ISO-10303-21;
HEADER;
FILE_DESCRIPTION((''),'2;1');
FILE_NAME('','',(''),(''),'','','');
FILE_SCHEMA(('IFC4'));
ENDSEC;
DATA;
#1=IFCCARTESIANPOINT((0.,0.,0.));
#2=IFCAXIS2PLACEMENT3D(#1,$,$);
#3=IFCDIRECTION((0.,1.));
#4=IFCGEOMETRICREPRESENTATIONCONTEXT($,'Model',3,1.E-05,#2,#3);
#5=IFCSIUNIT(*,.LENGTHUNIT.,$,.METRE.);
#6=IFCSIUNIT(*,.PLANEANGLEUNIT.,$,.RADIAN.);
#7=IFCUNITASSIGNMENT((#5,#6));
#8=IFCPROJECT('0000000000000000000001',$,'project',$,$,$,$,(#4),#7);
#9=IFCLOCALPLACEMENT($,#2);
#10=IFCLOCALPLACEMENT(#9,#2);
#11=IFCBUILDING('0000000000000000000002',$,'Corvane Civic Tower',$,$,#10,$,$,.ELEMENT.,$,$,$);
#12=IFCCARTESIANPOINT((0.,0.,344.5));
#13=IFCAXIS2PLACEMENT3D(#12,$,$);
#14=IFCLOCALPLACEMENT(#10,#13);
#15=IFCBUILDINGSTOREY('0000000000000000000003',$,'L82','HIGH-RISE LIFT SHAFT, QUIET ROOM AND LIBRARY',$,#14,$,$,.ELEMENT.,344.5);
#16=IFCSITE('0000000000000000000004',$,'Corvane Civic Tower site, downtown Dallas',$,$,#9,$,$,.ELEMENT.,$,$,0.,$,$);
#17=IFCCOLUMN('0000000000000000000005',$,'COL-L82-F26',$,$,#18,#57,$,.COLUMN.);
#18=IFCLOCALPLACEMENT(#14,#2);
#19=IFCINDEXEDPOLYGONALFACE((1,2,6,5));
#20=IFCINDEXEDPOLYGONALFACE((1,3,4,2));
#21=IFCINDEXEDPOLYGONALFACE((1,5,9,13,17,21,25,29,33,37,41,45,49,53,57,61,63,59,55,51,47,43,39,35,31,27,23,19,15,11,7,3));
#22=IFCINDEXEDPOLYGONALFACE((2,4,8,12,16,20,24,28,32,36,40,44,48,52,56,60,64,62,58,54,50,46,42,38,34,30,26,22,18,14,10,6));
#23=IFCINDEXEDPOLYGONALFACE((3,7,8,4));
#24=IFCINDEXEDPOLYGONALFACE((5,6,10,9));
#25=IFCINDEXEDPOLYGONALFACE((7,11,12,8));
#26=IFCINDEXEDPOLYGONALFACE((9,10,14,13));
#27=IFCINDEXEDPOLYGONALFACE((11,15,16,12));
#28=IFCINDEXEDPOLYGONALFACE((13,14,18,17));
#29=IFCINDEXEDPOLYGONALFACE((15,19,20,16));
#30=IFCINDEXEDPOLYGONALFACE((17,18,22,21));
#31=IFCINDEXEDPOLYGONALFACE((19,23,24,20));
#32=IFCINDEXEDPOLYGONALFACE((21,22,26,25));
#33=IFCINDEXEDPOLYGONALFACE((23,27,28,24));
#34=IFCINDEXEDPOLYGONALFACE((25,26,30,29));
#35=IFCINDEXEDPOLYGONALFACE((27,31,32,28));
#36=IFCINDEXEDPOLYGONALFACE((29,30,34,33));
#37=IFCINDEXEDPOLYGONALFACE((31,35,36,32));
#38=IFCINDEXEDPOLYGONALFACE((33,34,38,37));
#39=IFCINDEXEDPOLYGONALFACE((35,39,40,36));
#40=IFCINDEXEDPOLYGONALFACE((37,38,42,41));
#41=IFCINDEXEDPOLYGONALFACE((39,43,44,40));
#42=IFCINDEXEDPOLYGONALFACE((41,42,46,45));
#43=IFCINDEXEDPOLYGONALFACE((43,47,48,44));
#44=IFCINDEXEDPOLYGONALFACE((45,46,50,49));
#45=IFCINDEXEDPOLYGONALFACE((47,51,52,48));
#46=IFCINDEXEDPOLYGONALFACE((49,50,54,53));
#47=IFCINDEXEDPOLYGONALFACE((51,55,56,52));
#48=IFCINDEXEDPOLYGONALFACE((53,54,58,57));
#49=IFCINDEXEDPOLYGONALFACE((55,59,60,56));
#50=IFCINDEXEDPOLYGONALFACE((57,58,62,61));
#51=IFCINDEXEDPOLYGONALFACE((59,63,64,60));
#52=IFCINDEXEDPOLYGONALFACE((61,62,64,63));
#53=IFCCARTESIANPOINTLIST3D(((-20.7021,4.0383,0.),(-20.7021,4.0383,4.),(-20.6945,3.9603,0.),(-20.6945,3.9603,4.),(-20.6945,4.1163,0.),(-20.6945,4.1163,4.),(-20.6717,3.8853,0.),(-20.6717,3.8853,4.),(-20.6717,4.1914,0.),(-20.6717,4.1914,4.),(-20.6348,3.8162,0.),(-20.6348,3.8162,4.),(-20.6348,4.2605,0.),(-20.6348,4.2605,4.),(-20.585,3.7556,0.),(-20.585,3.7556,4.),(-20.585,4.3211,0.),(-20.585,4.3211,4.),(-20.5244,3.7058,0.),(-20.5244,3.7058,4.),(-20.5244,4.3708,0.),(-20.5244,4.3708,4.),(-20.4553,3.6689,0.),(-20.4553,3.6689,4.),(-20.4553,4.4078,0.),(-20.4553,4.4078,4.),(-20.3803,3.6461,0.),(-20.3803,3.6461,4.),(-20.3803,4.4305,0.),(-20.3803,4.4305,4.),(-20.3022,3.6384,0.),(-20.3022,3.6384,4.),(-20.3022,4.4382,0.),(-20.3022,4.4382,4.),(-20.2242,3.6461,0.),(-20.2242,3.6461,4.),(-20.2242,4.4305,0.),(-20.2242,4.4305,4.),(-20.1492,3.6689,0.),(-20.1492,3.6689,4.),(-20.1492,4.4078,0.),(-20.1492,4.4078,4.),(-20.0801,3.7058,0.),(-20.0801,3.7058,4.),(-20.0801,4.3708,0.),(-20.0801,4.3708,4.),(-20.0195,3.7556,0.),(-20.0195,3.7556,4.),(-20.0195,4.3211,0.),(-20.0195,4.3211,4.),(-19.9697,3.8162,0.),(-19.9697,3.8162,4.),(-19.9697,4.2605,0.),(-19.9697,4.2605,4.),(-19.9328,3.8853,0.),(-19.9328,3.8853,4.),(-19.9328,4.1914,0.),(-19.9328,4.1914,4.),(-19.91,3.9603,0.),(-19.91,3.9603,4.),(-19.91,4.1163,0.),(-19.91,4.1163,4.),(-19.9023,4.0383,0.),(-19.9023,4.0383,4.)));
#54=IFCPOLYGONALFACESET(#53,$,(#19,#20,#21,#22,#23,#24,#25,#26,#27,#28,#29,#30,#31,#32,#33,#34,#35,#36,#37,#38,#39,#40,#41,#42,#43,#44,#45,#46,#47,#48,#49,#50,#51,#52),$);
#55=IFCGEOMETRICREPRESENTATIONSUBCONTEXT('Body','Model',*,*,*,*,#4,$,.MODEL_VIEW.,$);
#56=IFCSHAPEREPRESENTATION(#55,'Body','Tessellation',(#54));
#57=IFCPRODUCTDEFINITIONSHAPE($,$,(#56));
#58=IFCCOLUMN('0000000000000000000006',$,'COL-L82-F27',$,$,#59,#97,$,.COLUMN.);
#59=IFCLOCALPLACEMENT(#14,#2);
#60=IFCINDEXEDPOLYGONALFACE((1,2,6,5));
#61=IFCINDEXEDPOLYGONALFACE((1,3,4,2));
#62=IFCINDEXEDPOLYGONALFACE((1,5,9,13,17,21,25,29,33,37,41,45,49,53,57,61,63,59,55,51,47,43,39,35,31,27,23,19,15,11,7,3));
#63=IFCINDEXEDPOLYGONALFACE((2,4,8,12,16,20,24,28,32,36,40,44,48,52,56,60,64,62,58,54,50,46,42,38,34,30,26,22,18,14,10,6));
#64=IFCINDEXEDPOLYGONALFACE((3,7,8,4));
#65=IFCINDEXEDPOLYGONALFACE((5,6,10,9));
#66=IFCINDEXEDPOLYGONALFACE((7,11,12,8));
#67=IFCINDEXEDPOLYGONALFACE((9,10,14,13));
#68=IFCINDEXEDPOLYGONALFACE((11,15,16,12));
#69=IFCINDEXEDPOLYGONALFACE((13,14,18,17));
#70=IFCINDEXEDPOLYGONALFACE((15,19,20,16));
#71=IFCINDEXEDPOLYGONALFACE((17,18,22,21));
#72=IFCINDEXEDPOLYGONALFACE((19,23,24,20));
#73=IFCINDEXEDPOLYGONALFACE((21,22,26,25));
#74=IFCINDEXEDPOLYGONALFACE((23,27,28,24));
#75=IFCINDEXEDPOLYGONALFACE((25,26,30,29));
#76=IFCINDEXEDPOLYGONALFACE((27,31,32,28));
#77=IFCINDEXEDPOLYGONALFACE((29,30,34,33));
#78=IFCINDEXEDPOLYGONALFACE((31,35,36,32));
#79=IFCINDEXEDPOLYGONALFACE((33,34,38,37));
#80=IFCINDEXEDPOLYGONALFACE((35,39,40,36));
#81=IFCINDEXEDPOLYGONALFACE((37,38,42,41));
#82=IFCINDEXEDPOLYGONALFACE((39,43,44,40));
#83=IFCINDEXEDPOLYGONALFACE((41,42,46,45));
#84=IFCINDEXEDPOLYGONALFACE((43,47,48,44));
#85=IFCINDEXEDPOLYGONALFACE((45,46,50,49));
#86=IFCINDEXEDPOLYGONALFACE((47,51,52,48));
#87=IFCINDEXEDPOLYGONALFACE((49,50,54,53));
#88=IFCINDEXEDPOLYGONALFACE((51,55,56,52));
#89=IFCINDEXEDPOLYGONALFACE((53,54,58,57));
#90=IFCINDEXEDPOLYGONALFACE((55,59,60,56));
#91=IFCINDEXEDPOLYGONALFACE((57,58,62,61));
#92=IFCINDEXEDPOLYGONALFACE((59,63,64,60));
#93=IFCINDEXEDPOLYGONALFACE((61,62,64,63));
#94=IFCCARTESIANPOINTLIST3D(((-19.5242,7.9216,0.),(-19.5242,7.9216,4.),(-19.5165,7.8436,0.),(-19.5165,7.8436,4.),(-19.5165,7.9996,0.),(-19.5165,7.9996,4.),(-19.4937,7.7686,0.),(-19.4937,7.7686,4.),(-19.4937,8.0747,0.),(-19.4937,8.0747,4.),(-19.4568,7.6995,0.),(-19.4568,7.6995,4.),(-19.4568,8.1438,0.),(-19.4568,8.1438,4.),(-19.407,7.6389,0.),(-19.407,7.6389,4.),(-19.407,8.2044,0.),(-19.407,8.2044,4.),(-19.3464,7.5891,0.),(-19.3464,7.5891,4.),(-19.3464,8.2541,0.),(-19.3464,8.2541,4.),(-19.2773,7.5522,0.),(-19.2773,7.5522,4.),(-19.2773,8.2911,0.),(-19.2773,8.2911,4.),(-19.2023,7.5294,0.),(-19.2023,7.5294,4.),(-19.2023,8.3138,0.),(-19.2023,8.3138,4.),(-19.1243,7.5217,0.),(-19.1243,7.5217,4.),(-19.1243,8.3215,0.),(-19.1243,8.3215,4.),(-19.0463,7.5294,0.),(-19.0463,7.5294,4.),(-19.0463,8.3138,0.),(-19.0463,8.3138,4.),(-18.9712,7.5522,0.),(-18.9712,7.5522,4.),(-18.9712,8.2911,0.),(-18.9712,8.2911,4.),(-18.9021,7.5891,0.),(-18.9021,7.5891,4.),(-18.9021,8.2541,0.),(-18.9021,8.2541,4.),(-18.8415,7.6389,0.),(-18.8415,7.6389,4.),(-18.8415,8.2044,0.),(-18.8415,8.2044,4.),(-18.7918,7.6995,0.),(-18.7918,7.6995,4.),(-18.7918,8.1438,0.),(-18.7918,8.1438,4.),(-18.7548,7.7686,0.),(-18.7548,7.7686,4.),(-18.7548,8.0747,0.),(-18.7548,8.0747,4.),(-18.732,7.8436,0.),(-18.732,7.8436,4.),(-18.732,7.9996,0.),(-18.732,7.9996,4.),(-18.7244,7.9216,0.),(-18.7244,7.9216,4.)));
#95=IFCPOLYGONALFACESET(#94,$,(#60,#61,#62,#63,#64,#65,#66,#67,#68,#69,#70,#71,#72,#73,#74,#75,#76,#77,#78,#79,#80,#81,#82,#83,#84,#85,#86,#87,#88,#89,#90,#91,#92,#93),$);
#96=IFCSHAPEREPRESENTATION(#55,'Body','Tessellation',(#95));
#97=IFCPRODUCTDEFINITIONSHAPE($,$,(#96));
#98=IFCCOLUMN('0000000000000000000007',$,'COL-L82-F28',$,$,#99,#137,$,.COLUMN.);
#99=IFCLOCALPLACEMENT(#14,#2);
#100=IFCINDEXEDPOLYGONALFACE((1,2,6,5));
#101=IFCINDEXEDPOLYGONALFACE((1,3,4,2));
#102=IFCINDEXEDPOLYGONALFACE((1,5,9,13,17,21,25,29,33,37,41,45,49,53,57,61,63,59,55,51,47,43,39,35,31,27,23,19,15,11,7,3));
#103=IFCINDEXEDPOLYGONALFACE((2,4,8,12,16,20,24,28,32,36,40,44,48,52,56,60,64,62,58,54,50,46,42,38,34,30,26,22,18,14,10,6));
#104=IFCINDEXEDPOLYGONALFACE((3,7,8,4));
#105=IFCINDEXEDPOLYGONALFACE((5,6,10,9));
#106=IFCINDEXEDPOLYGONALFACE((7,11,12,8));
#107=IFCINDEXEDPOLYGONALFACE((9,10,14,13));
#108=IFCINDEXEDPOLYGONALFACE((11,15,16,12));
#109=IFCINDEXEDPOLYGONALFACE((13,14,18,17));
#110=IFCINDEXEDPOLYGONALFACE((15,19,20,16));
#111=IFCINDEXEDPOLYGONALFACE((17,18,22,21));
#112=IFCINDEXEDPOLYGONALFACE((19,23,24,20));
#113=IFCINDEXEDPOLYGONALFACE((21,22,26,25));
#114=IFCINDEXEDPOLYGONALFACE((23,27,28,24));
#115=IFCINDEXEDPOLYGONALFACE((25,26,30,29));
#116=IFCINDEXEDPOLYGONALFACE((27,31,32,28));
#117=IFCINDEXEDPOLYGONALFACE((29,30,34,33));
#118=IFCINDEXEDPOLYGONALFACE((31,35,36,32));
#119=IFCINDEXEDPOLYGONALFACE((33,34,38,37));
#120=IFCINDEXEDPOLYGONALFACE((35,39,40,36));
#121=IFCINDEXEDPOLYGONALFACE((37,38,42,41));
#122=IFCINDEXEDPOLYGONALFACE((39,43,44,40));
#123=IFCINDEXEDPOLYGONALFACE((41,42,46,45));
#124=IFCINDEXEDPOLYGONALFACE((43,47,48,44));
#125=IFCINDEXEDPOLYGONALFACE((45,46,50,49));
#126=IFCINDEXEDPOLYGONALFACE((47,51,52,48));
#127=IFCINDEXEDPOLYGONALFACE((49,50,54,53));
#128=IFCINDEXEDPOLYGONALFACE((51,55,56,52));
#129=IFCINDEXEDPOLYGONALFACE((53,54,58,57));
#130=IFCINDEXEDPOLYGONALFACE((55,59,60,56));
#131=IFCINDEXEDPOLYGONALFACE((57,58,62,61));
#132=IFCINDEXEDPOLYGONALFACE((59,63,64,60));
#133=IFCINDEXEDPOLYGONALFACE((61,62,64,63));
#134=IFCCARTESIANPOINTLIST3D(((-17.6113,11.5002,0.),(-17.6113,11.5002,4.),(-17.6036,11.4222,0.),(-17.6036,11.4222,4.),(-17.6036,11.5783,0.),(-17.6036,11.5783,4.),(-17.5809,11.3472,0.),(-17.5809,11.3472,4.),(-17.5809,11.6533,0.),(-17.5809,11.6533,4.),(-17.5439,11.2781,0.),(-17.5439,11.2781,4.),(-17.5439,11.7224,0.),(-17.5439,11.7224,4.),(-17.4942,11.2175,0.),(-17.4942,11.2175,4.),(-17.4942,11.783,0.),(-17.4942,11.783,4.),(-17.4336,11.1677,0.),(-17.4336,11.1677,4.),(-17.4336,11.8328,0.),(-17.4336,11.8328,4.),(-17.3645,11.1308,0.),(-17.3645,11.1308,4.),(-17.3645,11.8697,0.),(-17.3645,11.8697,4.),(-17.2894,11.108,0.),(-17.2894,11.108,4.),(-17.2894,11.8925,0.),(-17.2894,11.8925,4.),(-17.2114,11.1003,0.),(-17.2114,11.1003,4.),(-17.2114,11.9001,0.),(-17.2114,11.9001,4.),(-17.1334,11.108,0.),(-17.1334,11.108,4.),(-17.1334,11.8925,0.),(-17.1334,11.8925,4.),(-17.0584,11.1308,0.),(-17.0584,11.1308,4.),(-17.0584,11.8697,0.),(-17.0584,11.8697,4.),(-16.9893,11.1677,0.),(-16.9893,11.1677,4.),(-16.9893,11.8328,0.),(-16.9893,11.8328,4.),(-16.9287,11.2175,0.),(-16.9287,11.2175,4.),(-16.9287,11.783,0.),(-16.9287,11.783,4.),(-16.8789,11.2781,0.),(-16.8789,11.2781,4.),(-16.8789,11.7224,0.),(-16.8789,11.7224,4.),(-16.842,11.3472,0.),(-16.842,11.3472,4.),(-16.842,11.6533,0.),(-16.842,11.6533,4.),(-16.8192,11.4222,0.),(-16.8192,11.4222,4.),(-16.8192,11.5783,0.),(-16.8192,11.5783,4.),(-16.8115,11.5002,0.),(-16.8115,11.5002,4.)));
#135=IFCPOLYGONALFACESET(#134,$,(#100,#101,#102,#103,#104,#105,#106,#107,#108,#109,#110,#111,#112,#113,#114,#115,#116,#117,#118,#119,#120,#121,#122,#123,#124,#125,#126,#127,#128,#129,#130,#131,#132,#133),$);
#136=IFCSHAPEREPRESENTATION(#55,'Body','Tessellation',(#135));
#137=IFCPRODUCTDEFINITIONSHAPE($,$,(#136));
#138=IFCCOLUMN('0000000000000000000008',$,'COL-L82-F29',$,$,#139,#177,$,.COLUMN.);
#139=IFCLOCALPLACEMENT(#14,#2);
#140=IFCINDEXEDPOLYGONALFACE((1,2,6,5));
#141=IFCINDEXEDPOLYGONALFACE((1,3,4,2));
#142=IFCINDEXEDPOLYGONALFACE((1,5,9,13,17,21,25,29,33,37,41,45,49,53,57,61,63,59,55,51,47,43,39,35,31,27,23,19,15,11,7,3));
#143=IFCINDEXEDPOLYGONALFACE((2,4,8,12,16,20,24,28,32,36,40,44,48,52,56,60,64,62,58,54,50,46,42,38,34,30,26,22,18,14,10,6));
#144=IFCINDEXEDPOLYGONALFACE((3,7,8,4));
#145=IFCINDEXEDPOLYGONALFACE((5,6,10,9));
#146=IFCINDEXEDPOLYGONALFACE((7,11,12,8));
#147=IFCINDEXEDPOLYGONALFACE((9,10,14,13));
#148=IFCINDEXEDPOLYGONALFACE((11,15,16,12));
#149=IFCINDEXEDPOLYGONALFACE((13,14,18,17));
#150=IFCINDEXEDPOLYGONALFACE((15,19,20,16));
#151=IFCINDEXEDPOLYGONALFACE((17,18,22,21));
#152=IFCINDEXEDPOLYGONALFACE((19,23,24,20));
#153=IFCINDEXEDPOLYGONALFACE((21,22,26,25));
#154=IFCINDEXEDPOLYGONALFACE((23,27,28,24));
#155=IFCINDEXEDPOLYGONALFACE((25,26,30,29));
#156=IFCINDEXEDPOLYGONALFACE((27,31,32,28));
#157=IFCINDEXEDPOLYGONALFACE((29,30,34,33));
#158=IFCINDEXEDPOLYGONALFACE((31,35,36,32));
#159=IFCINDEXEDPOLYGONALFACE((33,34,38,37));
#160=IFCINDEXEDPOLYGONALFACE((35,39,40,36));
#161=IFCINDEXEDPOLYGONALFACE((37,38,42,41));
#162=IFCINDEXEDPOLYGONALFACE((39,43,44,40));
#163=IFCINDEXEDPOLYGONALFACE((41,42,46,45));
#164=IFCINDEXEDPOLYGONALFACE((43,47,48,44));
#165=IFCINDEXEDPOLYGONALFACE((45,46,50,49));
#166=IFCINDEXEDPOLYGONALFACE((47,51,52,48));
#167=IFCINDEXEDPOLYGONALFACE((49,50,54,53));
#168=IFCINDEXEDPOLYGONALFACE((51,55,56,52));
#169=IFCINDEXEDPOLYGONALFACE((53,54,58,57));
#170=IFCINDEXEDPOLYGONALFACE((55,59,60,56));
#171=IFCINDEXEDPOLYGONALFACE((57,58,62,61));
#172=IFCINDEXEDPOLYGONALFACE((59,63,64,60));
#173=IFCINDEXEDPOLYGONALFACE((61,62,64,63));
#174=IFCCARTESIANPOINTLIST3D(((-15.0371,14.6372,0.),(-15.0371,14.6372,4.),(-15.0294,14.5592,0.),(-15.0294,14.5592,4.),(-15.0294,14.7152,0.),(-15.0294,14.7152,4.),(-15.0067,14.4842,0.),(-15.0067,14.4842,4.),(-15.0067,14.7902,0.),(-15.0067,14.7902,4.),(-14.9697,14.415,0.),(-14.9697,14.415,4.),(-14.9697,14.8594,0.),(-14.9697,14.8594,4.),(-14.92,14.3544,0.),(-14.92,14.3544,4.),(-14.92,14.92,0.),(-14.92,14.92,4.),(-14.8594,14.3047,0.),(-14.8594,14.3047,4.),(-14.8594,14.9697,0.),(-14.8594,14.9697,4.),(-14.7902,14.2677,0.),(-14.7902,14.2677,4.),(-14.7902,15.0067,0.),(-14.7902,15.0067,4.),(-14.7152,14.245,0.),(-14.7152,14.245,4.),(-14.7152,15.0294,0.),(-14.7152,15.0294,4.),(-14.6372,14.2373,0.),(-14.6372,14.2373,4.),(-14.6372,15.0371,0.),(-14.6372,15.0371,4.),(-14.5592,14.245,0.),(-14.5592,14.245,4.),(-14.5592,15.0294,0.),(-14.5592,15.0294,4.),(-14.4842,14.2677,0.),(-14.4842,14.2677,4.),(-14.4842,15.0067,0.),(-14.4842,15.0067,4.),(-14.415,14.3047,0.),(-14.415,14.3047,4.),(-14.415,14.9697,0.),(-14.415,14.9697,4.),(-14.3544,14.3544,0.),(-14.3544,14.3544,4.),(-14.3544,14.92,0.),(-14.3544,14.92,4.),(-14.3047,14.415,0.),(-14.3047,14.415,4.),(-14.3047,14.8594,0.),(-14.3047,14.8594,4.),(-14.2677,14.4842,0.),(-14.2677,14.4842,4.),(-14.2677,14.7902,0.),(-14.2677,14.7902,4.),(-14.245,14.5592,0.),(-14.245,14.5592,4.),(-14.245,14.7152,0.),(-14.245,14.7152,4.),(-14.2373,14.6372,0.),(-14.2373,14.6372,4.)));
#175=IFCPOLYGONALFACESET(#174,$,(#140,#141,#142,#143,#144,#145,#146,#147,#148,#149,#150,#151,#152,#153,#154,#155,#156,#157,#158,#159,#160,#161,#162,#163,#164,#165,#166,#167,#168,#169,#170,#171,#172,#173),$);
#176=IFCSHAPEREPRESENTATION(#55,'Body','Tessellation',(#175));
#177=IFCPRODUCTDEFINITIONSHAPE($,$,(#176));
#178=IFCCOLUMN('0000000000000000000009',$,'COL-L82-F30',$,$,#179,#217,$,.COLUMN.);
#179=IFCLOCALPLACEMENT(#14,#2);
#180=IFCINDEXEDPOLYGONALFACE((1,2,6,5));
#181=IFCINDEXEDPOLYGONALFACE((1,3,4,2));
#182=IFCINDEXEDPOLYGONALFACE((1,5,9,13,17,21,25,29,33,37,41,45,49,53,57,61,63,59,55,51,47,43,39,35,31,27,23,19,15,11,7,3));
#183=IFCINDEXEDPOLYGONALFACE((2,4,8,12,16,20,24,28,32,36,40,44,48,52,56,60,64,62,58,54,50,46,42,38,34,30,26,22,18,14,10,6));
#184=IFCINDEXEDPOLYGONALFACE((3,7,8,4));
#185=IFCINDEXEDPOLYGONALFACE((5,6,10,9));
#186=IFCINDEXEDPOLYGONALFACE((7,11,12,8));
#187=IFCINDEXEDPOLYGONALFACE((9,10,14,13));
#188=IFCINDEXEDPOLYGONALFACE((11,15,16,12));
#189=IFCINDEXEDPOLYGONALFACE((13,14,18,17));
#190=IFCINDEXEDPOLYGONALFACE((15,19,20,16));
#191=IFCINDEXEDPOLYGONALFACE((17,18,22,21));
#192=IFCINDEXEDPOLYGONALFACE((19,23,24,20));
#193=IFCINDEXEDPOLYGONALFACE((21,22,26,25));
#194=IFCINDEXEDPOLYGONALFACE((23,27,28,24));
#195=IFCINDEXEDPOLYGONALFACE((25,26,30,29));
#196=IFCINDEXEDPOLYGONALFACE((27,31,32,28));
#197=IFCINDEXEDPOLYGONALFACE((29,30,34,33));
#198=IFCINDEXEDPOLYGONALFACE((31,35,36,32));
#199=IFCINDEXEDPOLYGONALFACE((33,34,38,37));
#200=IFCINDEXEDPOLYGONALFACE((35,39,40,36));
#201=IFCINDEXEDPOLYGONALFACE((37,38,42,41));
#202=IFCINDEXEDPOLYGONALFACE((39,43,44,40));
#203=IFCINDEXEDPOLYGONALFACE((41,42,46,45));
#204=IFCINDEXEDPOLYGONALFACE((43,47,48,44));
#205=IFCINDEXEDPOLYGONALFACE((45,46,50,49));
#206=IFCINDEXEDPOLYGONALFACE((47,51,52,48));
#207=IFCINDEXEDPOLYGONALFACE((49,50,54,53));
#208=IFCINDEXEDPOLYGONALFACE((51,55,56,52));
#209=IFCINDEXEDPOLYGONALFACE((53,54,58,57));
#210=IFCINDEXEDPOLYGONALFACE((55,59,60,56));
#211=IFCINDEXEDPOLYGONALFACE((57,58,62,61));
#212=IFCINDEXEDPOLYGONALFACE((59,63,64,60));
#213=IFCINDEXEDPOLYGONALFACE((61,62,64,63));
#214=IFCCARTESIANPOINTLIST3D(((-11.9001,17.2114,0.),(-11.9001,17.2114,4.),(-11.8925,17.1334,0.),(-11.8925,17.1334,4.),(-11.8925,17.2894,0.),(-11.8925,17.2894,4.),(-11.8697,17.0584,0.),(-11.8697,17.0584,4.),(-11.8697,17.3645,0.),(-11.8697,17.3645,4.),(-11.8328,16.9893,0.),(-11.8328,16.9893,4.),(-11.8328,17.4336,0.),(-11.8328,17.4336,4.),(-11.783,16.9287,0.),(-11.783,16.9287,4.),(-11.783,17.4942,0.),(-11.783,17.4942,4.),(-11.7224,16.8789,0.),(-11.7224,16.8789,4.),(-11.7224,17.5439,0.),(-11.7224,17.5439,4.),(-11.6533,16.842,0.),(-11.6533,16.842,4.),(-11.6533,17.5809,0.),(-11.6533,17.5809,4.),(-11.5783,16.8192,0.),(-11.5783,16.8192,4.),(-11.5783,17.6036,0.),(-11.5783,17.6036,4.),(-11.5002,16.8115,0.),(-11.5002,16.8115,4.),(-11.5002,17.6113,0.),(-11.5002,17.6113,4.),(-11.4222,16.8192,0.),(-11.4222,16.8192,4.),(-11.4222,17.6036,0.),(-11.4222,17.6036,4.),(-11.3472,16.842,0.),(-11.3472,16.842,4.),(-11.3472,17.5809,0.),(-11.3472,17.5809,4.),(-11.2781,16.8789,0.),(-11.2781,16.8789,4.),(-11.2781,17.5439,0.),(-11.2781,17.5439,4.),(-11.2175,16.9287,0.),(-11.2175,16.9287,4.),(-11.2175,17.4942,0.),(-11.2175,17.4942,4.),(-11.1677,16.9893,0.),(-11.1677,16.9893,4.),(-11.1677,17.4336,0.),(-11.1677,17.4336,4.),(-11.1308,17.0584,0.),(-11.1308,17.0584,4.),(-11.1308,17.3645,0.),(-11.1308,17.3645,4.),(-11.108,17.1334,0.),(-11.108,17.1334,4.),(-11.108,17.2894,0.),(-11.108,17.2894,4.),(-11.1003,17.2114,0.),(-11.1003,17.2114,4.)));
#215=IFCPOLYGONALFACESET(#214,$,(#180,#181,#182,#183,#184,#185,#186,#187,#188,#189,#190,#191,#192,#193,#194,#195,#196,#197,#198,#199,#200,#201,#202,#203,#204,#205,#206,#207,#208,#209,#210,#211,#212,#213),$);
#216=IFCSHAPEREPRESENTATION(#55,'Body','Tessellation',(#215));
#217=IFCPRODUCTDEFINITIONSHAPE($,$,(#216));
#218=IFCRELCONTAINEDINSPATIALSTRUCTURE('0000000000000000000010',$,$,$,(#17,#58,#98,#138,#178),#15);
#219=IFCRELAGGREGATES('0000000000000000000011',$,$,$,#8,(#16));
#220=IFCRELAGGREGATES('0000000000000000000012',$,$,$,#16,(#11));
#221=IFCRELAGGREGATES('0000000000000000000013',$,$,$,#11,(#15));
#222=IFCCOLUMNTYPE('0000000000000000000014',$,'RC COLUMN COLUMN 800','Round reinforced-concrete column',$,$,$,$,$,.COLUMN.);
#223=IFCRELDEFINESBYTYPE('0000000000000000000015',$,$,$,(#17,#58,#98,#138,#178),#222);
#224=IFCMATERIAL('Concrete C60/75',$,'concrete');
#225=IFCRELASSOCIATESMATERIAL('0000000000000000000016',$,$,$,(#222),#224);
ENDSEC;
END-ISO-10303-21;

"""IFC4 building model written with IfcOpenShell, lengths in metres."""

from ifc_helpers import new_model, si_unit, direction, frame, origin, origin_2d, place, context, subcontext, project, spatial, circle, extrude, material, material_profile, profile_set, type_object, element, save


model = new_model("IFC4")

# Units and contexts
model_context = context("Model", 3, precision=1e-05, world=origin(), true_north=direction((0.0, 1.0)))
body_context = subcontext(model_context, "Body", "Model", "MODEL_VIEW")
ifc_project = project(units=[si_unit("LENGTHUNIT", "METRE"), si_unit("PLANEANGLEUNIT", "RADIAN")], contexts=[model_context])

# Site, building, storey
site_placement = place(None, origin())
site = spatial("IfcSite", under=ifc_project, at=site_placement, Name="Corvane Civic Tower site, downtown Dallas", CompositionType="ELEMENT", RefElevation=0.0)
building_placement = place(site_placement, origin())
building = spatial("IfcBuilding", under=site, at=building_placement, Name="Corvane Civic Tower", CompositionType="ELEMENT")
storey_placement = place(building_placement, frame((0.0, 0.0, 344.5)))
storey = spatial("IfcBuildingStorey", under=building, at=storey_placement, Name="L82", Description="HIGH-RISE LIFT SHAFT, QUIET ROOM AND LIBRARY", CompositionType="ELEMENT", Elevation=344.5)

# Columns
ifc_material_1 = material(Name="Concrete C60/75", Category="concrete")
ifc_material_profile_1 = material_profile(ifc_material_1, circle(Radius=0.3999, at=origin_2d()), Name="COLUMN 800")
ifc_profile_set_1 = profile_set([ifc_material_profile_1], Name="Concrete C60/75")
column_type = type_object("IfcColumnType", Name="RC COLUMN COLUMN 800", Description="Round reinforced-concrete column", PredefinedType="COLUMN", material=ifc_profile_set_1)
for number, where, z_axis, x_axis, name in (
    (1, (-20.3022, 4.0383, 0.0), (0.0, 0.0, 1.0), (1.0, 0.0, 0.0), "COL-L82-F26"),
    (2, (-19.1243, 7.9216, 0.0), (0.0, 0.0, 1.0), (1.0, 0.0, 0.0), "COL-L82-F27"),
    (3, (-17.2114, 11.5002, 0.0), (0.0, 0.0, 1.0), (1.0, 0.0, 0.0), "COL-L82-F28"),
    (4, (-14.6372, 14.6372, 0.0), (0.0, 0.0, 1.0), (1.0, 0.0, 0.0), "COL-L82-F29"),
    (5, (-11.5002, 17.2114, 0.0), (0.0, 0.0, 1.0), (1.0, 0.0, 0.0), "COL-L82-F30"),
):
    element("IfcColumn", number, at=place(storey_placement, frame(where, z_axis=z_axis, x_axis=x_axis)), inside=storey, type_object=column_type, Name=name, PredefinedType="COLUMN", context=body_context, shape_type="SweptSolid", body=[
        extrude(circle(Radius=0.3999, at=origin_2d()), origin(), (0.0, 0.0, 1.0), 4.0),
    ])

save(model, "model.ifc")
